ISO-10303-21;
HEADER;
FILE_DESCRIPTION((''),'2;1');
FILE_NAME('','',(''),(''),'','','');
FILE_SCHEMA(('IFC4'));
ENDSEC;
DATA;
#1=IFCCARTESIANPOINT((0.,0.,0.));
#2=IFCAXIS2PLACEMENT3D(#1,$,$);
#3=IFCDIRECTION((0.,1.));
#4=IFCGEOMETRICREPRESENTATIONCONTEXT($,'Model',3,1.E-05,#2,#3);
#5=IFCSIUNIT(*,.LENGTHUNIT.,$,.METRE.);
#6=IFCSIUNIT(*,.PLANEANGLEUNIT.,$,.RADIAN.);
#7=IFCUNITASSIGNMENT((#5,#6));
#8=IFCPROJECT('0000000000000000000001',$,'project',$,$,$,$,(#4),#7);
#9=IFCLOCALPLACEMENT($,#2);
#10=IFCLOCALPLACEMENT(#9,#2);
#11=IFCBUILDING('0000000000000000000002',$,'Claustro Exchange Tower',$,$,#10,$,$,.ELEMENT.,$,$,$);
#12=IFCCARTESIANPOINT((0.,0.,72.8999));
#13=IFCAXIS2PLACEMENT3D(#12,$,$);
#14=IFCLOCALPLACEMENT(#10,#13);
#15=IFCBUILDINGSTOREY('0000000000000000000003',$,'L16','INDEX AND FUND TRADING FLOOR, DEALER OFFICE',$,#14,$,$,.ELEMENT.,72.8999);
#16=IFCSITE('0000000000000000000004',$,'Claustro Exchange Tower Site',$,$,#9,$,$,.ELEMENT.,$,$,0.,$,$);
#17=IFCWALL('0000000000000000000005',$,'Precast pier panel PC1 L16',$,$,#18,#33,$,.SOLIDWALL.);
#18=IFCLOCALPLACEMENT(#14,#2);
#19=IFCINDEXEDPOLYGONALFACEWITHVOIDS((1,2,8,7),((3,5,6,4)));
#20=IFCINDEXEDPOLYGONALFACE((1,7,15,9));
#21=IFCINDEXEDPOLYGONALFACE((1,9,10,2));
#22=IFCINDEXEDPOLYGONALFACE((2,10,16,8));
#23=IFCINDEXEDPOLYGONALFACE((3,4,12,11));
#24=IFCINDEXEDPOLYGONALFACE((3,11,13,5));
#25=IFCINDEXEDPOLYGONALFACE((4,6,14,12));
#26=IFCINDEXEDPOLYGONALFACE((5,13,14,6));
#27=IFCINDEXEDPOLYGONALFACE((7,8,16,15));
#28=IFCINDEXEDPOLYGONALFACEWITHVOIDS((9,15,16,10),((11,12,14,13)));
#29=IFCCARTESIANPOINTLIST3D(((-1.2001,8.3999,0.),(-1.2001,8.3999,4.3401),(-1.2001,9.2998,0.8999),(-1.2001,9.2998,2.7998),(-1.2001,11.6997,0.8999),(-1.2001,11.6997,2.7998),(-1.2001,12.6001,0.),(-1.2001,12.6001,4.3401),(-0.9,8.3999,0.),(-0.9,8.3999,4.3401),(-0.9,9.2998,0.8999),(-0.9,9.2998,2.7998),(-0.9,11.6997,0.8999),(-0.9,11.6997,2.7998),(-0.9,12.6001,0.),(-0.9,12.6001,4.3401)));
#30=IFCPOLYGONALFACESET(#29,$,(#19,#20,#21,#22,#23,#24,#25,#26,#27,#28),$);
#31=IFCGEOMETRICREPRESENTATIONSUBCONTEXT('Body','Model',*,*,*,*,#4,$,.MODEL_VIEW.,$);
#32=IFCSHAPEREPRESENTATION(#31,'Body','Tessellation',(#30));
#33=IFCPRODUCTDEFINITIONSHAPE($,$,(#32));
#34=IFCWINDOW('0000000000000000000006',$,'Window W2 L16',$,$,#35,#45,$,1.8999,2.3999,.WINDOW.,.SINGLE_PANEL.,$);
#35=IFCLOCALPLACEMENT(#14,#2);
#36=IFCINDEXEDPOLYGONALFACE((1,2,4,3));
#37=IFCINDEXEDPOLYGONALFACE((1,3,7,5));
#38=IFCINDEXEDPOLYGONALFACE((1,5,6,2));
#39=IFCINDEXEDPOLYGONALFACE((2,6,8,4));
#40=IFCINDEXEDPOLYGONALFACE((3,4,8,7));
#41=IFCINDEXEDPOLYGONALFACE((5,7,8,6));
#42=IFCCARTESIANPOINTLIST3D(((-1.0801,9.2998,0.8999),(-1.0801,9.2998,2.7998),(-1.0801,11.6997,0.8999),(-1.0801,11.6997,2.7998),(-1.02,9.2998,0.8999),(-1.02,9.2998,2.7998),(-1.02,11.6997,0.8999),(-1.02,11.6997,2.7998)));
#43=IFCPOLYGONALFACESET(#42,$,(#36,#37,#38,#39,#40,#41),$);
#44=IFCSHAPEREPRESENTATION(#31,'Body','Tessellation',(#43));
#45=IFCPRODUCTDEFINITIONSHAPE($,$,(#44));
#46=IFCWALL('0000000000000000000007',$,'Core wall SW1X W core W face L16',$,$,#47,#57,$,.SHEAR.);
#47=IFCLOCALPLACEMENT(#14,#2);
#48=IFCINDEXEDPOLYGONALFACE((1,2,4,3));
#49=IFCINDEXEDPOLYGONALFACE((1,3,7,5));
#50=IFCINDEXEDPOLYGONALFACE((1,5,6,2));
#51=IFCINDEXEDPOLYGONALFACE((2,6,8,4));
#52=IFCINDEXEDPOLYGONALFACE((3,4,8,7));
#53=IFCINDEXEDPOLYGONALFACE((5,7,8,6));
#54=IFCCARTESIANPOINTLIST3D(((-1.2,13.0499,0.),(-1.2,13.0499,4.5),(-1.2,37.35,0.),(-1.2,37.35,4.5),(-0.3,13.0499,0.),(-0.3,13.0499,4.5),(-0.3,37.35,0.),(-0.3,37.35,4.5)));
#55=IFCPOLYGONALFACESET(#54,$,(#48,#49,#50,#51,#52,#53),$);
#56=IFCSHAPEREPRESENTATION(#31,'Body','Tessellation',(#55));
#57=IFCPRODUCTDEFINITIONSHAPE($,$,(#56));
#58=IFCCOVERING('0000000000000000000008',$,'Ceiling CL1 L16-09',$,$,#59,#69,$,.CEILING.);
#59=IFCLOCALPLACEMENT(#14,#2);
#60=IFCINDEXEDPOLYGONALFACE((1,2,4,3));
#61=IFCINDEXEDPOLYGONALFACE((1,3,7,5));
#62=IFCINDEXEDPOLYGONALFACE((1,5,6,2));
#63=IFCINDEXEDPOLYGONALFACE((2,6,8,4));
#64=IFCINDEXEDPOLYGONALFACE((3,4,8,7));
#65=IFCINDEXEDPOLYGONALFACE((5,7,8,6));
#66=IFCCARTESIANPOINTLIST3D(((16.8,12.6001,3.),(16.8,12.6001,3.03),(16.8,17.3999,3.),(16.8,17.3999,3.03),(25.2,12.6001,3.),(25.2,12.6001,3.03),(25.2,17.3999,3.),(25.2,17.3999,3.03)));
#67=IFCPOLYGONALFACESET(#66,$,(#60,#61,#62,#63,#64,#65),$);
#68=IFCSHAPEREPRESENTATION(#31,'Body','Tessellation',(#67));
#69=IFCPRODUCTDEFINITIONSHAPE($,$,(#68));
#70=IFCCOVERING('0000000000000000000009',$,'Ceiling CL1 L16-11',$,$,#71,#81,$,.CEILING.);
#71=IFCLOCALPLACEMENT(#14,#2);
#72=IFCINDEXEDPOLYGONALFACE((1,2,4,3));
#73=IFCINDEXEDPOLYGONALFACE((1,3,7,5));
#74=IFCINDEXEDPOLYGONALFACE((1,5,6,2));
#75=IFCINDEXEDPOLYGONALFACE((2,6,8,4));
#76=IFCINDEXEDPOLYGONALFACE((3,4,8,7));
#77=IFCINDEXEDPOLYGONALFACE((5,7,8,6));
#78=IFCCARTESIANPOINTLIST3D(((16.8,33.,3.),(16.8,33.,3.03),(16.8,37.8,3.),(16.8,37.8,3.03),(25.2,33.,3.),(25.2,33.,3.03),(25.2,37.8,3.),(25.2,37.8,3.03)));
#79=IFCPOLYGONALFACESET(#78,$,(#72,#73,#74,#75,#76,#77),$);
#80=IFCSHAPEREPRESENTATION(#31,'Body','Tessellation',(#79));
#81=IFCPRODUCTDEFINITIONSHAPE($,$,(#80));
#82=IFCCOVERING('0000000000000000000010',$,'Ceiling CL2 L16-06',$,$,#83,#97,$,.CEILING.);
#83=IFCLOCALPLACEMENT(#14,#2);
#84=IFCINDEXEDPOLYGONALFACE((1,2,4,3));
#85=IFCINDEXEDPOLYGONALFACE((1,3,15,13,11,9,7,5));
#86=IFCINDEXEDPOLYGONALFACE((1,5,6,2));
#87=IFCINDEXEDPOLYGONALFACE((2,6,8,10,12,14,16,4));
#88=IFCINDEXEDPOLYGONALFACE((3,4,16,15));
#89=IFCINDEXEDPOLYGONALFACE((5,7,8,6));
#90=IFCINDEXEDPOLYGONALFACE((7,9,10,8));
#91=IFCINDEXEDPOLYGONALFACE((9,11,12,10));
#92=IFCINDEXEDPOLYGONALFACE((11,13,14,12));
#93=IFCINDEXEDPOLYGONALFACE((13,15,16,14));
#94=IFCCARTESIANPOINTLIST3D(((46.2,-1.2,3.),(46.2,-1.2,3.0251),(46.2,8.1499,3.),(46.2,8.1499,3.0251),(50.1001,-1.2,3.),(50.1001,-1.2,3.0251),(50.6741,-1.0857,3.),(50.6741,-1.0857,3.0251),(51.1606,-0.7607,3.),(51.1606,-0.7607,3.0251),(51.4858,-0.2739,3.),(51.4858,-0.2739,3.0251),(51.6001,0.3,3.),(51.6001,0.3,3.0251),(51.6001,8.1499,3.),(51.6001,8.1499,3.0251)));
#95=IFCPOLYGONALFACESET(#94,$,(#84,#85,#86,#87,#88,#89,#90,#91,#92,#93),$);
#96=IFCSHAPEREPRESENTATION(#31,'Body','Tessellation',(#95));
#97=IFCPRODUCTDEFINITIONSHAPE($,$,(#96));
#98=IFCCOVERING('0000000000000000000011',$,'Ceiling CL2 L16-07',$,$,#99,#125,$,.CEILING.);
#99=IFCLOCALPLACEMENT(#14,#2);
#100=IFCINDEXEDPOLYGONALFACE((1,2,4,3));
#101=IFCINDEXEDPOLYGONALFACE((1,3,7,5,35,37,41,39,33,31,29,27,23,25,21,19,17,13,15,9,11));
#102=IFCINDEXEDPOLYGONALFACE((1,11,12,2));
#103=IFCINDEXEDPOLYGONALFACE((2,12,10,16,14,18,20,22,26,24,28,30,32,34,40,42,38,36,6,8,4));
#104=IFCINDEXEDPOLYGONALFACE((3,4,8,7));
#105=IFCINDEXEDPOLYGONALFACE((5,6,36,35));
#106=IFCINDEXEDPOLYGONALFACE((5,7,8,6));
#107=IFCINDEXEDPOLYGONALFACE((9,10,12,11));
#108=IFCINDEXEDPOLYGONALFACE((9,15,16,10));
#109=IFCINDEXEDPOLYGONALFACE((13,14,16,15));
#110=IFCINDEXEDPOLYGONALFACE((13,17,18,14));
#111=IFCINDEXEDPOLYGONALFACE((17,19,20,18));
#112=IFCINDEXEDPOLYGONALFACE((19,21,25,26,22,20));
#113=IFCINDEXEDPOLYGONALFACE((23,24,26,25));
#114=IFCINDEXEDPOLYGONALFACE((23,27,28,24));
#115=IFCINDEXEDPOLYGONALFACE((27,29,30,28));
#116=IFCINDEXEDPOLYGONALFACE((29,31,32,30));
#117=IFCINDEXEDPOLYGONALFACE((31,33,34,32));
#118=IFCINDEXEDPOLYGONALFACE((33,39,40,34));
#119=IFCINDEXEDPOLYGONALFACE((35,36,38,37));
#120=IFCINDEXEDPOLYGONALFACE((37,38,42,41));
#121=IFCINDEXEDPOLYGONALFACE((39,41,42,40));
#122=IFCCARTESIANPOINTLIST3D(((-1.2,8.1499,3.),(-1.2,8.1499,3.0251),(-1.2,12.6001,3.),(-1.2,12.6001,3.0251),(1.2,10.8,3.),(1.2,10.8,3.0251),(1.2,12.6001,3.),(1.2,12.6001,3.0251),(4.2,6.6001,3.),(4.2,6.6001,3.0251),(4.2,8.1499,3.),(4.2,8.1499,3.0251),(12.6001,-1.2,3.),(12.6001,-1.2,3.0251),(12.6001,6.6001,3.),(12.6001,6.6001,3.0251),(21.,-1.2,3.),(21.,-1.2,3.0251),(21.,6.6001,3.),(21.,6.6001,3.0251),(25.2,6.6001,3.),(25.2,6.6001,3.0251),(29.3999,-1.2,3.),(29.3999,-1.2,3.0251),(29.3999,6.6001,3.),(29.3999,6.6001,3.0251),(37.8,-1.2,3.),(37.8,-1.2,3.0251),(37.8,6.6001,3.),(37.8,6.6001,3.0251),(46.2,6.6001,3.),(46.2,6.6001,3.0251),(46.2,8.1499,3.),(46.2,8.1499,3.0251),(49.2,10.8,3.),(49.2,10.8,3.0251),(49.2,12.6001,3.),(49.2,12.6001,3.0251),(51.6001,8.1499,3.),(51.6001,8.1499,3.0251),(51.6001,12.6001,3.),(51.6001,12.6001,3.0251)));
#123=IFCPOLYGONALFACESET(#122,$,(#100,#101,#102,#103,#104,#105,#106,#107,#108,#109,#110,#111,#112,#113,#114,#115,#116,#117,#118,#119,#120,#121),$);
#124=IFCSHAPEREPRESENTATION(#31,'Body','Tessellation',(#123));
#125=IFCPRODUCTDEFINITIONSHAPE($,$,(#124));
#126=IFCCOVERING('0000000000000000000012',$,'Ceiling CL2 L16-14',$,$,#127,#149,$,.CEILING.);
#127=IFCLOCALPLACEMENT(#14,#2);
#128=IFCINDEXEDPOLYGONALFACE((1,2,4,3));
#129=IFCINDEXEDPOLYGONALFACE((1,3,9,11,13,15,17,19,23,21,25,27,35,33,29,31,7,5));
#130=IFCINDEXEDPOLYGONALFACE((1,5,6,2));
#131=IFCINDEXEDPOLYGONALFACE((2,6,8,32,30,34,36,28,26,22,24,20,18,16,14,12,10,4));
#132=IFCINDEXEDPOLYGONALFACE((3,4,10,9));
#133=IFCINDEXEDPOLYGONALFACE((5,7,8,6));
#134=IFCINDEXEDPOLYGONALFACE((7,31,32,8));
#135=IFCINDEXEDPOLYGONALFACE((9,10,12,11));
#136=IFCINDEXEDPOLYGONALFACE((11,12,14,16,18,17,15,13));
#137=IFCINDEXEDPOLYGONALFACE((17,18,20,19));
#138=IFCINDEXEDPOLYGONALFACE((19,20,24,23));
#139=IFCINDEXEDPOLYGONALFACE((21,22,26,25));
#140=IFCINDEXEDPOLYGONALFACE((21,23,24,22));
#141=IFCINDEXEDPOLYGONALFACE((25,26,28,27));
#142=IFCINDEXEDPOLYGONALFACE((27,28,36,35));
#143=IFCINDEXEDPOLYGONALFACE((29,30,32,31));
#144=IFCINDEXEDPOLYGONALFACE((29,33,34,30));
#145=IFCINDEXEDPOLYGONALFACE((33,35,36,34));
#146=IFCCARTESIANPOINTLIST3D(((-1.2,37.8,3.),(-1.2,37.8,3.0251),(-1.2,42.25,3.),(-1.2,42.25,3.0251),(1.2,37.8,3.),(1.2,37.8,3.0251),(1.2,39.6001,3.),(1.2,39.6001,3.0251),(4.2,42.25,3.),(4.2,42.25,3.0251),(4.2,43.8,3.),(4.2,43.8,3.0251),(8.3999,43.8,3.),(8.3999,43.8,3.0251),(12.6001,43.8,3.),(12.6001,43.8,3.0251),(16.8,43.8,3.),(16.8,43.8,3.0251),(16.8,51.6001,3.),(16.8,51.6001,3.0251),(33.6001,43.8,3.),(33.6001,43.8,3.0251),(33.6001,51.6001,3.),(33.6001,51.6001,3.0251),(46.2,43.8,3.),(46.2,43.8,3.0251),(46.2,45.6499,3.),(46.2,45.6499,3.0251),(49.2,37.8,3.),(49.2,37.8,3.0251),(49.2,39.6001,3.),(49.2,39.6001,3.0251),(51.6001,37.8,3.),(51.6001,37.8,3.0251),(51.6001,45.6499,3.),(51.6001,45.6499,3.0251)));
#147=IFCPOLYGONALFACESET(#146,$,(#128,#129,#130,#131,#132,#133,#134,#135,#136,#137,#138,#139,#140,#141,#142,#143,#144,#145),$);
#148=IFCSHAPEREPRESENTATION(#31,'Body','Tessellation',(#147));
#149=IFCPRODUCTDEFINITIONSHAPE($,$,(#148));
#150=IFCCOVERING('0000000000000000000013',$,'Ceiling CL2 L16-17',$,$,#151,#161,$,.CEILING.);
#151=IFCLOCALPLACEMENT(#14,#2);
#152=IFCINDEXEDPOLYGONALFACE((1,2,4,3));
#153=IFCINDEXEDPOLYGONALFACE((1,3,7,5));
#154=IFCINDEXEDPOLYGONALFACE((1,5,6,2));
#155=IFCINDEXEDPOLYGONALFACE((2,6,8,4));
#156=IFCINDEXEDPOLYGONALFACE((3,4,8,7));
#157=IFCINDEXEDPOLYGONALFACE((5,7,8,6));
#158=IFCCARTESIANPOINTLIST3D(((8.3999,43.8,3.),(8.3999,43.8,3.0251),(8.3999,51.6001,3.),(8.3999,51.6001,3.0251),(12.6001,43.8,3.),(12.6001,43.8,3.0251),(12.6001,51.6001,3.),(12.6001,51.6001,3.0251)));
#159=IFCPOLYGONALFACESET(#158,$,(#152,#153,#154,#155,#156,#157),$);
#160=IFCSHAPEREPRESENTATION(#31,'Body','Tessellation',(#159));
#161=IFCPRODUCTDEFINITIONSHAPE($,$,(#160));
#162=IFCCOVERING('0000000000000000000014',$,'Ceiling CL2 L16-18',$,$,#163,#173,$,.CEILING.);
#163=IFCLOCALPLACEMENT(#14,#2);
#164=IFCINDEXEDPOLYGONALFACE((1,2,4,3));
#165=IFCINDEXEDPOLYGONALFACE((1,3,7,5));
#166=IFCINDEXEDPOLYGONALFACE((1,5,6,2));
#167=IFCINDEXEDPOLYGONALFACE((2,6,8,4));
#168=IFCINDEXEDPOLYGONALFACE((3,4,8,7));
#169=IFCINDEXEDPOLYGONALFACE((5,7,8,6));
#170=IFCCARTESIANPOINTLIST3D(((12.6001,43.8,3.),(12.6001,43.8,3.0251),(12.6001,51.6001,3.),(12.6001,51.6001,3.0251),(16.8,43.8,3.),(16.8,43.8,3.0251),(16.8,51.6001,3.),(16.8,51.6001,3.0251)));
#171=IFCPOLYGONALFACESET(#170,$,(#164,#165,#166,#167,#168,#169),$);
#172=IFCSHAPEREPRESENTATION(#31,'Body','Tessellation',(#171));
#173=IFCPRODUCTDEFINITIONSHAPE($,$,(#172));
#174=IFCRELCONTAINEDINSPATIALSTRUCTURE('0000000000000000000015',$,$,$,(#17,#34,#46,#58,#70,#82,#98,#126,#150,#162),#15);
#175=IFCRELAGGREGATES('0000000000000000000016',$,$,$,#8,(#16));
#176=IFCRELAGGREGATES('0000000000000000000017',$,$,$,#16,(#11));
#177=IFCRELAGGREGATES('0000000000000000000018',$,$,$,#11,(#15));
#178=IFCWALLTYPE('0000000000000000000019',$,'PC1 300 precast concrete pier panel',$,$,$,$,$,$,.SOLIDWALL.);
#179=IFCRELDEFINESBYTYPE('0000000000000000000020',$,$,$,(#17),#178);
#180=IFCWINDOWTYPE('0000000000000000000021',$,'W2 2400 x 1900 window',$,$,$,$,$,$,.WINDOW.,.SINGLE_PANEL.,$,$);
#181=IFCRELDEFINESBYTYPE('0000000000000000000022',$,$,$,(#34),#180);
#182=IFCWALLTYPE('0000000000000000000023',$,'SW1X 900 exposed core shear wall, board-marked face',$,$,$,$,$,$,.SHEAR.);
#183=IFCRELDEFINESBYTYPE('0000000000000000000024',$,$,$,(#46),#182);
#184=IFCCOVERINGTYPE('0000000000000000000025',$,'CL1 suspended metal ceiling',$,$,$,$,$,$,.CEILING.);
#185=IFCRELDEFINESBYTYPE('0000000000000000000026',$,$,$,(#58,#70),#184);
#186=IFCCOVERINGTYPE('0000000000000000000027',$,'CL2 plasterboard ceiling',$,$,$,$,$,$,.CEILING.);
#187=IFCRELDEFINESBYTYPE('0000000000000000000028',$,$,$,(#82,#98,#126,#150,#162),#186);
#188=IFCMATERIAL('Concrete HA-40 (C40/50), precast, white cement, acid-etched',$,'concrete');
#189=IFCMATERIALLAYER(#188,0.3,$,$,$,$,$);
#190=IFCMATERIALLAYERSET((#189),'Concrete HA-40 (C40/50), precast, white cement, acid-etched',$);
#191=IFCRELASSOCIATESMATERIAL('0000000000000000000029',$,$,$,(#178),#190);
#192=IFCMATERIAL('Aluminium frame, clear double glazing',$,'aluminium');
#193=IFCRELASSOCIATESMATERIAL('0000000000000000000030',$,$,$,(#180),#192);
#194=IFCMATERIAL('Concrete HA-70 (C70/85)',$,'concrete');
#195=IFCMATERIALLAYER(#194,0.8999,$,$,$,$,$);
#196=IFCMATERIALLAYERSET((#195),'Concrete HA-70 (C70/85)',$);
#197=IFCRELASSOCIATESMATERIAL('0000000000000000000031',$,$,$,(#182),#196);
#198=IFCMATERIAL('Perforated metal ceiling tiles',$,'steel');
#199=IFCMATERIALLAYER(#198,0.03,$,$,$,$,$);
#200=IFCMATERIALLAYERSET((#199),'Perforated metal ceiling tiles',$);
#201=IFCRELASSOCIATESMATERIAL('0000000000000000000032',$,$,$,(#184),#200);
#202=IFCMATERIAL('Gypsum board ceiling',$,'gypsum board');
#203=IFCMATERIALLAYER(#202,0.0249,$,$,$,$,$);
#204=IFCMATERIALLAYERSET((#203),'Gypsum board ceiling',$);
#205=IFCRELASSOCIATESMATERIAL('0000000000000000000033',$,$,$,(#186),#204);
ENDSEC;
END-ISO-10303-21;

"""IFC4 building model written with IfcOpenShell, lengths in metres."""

from ifc_helpers import new_model, si_unit, direction, frame, frame_2d, origin, place, context, subcontext, project, spatial, polyline, rectangle, outline, extrude, material, layer, layer_set, type_object, element, fill, save


model = new_model("IFC4")

# Units and contexts
model_context = context("Model", 3, precision=1e-05, world=origin(), true_north=direction((0.0, 1.0)))
body_context = subcontext(model_context, "Body", "Model", "MODEL_VIEW")
ifc_project = project(units=[si_unit("LENGTHUNIT", "METRE"), si_unit("PLANEANGLEUNIT", "RADIAN")], contexts=[model_context])

# Site, building, storey
site_placement = place(None, origin())
site = spatial("IfcSite", under=ifc_project, at=site_placement, Name="Claustro Exchange Tower Site", CompositionType="ELEMENT", RefElevation=0.0)
building_placement = place(site_placement, origin())
building = spatial("IfcBuilding", under=site, at=building_placement, Name="Claustro Exchange Tower", CompositionType="ELEMENT")
storey_placement = place(building_placement, frame((0.0, 0.0, 72.8999)))
storey = spatial("IfcBuildingStorey", under=building, at=storey_placement, Name="L16", Description="INDEX AND FUND TRADING FLOOR, DEALER OFFICE", CompositionType="ELEMENT", Elevation=72.8999)

# Shared definitions
ifc_material_1 = material(Name="Concrete HA-40 (C40/50), precast, white cement, acid-etched", Category="concrete")
ifc_layer_1 = layer(ifc_material_1, 0.3)
ifc_layer_set_1 = layer_set([ifc_layer_1], Name="Concrete HA-40 (C40/50), precast, white cement, acid-etched")
wall_type_1 = type_object("IfcWallType", Name="PC1 300 precast concrete pier panel", PredefinedType="SOLIDWALL", material=ifc_layer_set_1)

# Wall, opening, window
wall_1_placement = place(storey_placement, frame((-1.05, 8.3999, 0.0), z_axis=(0.0, 0.0, 1.0), x_axis=(0.0, 1.0, 0.0)))
wall_1 = element("IfcWall", 1, at=wall_1_placement, inside=storey, type_object=wall_type_1, Name="Precast pier panel PC1 L16", PredefinedType="SOLIDWALL", context=body_context, shape_type="SweptSolid", body=[
    extrude(rectangle(XDim=4.2002, YDim=0.3, at=frame_2d((2.1001, 0.0))), origin(), (0.0, 0.0, 1.0), 4.3401),
])
opening_1_placement = place(wall_1_placement, frame((0.8999, 0.0, 0.8999)))
opening_1 = element("IfcOpeningElement", 2, at=opening_1_placement, cuts=wall_1, PredefinedType="OPENING", context=body_context, shape_type="SweptSolid", body=[
    extrude(rectangle(XDim=2.3999, YDim=1.8999, at=frame_2d((1.2, 0.95))), frame((0.0, 0.1599, 0.0), z_axis=(0.0, -1.0, 0.0), x_axis=(1.0, 0.0, 0.0)), (0.0, 0.0, 1.0), 0.3201),
])
ifc_material_2 = material(Name="Aluminium frame, clear double glazing", Category="aluminium")
window_type_1 = type_object("IfcWindowType", Name="W2 2400 x 1900 window", PartitioningType="SINGLE_PANEL", PredefinedType="WINDOW", material=ifc_material_2)
window_1_placement = place(opening_1_placement, origin())
window_1 = element("IfcWindow", 3, at=window_1_placement, inside=storey, type_object=window_type_1, Name="Window W2 L16", OverallHeight=1.8999, OverallWidth=2.3999, PartitioningType="SINGLE_PANEL", PredefinedType="WINDOW", context=body_context, shape_type="SweptSolid", body=[
    extrude(rectangle(XDim=2.3999, YDim=1.8999, at=frame_2d((1.2, 0.95))), frame((0.0, 0.03, 0.0), z_axis=(0.0, -1.0, 0.0), x_axis=(1.0, 0.0, 0.0)), (0.0, 0.0, 1.0), 0.0601),
])
fill(opening_1, window_1)

# Wall
ifc_material_3 = material(Name="Concrete HA-70 (C70/85)", Category="concrete")
ifc_layer_2 = layer(ifc_material_3, 0.8999)
ifc_layer_set_2 = layer_set([ifc_layer_2], Name="Concrete HA-70 (C70/85)")
wall_type_2 = type_object("IfcWallType", Name="SW1X 900 exposed core shear wall, board-marked face", PredefinedType="SHEAR", material=ifc_layer_set_2)
wall_2_placement = place(storey_placement, frame((-0.75, 13.05, 0.0), z_axis=(0.0, 0.0, 1.0), x_axis=(0.0, 1.0, 0.0)))
element("IfcWall", 4, at=wall_2_placement, inside=storey, type_object=wall_type_2, Name="Core wall SW1X W core W face L16", PredefinedType="SHEAR", context=body_context, shape_type="SweptSolid", body=[
    extrude(rectangle(XDim=24.3, YDim=0.8999, at=frame_2d((12.1499, 0.0))), origin(), (0.0, 0.0, 1.0), 4.5),
])

# Coverings
ifc_material_4 = material(Name="Perforated metal ceiling tiles", Category="steel")
ifc_layer_3 = layer(ifc_material_4, 0.03)
ifc_layer_set_3 = layer_set([ifc_layer_3], Name="Perforated metal ceiling tiles")
covering_type_1 = type_object("IfcCoveringType", Name="CL1 suspended metal ceiling", PredefinedType="CEILING", material=ifc_layer_set_3)
covering_1_placement = place(storey_placement, frame((0.0, 0.0, 3.0)))
element("IfcCovering", 5, at=covering_1_placement, inside=storey, type_object=covering_type_1, Name="Ceiling CL1 L16-09", PredefinedType="CEILING", context=body_context, shape_type="SweptSolid", body=[
    extrude(outline(polyline([(16.8, 17.3999), (16.8, 12.6001), (25.2, 12.6001), (25.2, 17.3999), (16.8, 17.3999)])), origin(), (0.0, 0.0, 1.0), 0.03),
])
covering_2_placement = place(storey_placement, frame((0.0, 0.0, 3.0)))
element("IfcCovering", 6, at=covering_2_placement, inside=storey, type_object=covering_type_1, Name="Ceiling CL1 L16-11", PredefinedType="CEILING", context=body_context, shape_type="SweptSolid", body=[
    extrude(outline(polyline([(16.8, 33.0), (25.2, 33.0), (25.2, 37.8), (16.8, 37.8), (16.8, 33.0)])), origin(), (0.0, 0.0, 1.0), 0.03),
])
ifc_material_5 = material(Name="Gypsum board ceiling", Category="gypsum board")
ifc_layer_4 = layer(ifc_material_5, 0.0249)
ifc_layer_set_4 = layer_set([ifc_layer_4], Name="Gypsum board ceiling")
covering_type_2 = type_object("IfcCoveringType", Name="CL2 plasterboard ceiling", PredefinedType="CEILING", material=ifc_layer_set_4)
covering_3_placement = place(storey_placement, frame((0.0, 0.0, 3.0)))
element("IfcCovering", 7, at=covering_3_placement, inside=storey, type_object=covering_type_2, Name="Ceiling CL2 L16-06", PredefinedType="CEILING", context=body_context, shape_type="SweptSolid", body=[
    extrude(outline(polyline([(51.6001, 0.3), (51.6001, 8.1499), (46.2, 8.1499), (46.2, -1.2), (50.1001, -1.2), (50.6741, -1.0857), (51.1606, -0.7607), (51.4858, -0.2739), (51.6001, 0.3)])), origin(), (0.0, 0.0, 1.0), 0.0251),
])
covering_4_placement = place(storey_placement, frame((0.0, 0.0, 3.0)))
element("IfcCovering", 8, at=covering_4_placement, inside=storey, type_object=covering_type_2, Name="Ceiling CL2 L16-07", PredefinedType="CEILING", context=body_context, shape_type="SweptSolid", body=[
    extrude(outline(polyline([(-1.2, 12.6001), (-1.2, 8.1499), (4.2, 8.1499), (4.2, 6.6001), (12.6001, 6.6001), (12.6001, -1.2), (21.0, -1.2), (21.0, 6.6001), (25.2, 6.6001), (29.3999, 6.6001), (29.3999, -1.2), (37.8, -1.2), (37.8, 6.6001), (46.2, 6.6001), (46.2, 8.1499), (51.6001, 8.1499), (51.6001, 12.6001), (49.2, 12.6001), (49.2, 10.8), (1.2, 10.8), (1.2, 12.6001), (-1.2, 12.6001)])), origin(), (0.0, 0.0, 1.0), 0.0251),
])
covering_5_placement = place(storey_placement, frame((0.0, 0.0, 3.0)))
element("IfcCovering", 9, at=covering_5_placement, inside=storey, type_object=covering_type_2, Name="Ceiling CL2 L16-14", PredefinedType="CEILING", context=body_context, shape_type="SweptSolid", body=[
    extrude(outline(polyline([(-1.2, 42.25), (-1.2, 37.8), (1.2, 37.8), (1.2, 39.6001), (49.2, 39.6001), (49.2, 37.8), (51.6001, 37.8), (51.6001, 45.6499), (46.2, 45.6499), (46.2, 43.8), (33.6001, 43.8), (33.6001, 51.6001), (16.8, 51.6001), (16.8, 43.8), (12.6001, 43.8), (8.3999, 43.8), (4.2, 43.8), (4.2, 42.25), (-1.2, 42.25)])), origin(), (0.0, 0.0, 1.0), 0.0251),
])
covering_6_placement = place(storey_placement, frame((0.0, 0.0, 3.0)))
element("IfcCovering", 10, at=covering_6_placement, inside=storey, type_object=covering_type_2, Name="Ceiling CL2 L16-17", PredefinedType="CEILING", context=body_context, shape_type="SweptSolid", body=[
    extrude(outline(polyline([(12.6001, 51.6001), (8.3999, 51.6001), (8.3999, 43.8), (12.6001, 43.8), (12.6001, 51.6001)])), origin(), (0.0, 0.0, 1.0), 0.0251),
])
covering_7_placement = place(storey_placement, frame((0.0, 0.0, 3.0)))
element("IfcCovering", 11, at=covering_7_placement, inside=storey, type_object=covering_type_2, Name="Ceiling CL2 L16-18", PredefinedType="CEILING", context=body_context, shape_type="SweptSolid", body=[
    extrude(outline(polyline([(16.8, 51.6001), (12.6001, 51.6001), (12.6001, 43.8), (16.8, 43.8), (16.8, 51.6001)])), origin(), (0.0, 0.0, 1.0), 0.0251),
])

save(model, "model.ifc")
